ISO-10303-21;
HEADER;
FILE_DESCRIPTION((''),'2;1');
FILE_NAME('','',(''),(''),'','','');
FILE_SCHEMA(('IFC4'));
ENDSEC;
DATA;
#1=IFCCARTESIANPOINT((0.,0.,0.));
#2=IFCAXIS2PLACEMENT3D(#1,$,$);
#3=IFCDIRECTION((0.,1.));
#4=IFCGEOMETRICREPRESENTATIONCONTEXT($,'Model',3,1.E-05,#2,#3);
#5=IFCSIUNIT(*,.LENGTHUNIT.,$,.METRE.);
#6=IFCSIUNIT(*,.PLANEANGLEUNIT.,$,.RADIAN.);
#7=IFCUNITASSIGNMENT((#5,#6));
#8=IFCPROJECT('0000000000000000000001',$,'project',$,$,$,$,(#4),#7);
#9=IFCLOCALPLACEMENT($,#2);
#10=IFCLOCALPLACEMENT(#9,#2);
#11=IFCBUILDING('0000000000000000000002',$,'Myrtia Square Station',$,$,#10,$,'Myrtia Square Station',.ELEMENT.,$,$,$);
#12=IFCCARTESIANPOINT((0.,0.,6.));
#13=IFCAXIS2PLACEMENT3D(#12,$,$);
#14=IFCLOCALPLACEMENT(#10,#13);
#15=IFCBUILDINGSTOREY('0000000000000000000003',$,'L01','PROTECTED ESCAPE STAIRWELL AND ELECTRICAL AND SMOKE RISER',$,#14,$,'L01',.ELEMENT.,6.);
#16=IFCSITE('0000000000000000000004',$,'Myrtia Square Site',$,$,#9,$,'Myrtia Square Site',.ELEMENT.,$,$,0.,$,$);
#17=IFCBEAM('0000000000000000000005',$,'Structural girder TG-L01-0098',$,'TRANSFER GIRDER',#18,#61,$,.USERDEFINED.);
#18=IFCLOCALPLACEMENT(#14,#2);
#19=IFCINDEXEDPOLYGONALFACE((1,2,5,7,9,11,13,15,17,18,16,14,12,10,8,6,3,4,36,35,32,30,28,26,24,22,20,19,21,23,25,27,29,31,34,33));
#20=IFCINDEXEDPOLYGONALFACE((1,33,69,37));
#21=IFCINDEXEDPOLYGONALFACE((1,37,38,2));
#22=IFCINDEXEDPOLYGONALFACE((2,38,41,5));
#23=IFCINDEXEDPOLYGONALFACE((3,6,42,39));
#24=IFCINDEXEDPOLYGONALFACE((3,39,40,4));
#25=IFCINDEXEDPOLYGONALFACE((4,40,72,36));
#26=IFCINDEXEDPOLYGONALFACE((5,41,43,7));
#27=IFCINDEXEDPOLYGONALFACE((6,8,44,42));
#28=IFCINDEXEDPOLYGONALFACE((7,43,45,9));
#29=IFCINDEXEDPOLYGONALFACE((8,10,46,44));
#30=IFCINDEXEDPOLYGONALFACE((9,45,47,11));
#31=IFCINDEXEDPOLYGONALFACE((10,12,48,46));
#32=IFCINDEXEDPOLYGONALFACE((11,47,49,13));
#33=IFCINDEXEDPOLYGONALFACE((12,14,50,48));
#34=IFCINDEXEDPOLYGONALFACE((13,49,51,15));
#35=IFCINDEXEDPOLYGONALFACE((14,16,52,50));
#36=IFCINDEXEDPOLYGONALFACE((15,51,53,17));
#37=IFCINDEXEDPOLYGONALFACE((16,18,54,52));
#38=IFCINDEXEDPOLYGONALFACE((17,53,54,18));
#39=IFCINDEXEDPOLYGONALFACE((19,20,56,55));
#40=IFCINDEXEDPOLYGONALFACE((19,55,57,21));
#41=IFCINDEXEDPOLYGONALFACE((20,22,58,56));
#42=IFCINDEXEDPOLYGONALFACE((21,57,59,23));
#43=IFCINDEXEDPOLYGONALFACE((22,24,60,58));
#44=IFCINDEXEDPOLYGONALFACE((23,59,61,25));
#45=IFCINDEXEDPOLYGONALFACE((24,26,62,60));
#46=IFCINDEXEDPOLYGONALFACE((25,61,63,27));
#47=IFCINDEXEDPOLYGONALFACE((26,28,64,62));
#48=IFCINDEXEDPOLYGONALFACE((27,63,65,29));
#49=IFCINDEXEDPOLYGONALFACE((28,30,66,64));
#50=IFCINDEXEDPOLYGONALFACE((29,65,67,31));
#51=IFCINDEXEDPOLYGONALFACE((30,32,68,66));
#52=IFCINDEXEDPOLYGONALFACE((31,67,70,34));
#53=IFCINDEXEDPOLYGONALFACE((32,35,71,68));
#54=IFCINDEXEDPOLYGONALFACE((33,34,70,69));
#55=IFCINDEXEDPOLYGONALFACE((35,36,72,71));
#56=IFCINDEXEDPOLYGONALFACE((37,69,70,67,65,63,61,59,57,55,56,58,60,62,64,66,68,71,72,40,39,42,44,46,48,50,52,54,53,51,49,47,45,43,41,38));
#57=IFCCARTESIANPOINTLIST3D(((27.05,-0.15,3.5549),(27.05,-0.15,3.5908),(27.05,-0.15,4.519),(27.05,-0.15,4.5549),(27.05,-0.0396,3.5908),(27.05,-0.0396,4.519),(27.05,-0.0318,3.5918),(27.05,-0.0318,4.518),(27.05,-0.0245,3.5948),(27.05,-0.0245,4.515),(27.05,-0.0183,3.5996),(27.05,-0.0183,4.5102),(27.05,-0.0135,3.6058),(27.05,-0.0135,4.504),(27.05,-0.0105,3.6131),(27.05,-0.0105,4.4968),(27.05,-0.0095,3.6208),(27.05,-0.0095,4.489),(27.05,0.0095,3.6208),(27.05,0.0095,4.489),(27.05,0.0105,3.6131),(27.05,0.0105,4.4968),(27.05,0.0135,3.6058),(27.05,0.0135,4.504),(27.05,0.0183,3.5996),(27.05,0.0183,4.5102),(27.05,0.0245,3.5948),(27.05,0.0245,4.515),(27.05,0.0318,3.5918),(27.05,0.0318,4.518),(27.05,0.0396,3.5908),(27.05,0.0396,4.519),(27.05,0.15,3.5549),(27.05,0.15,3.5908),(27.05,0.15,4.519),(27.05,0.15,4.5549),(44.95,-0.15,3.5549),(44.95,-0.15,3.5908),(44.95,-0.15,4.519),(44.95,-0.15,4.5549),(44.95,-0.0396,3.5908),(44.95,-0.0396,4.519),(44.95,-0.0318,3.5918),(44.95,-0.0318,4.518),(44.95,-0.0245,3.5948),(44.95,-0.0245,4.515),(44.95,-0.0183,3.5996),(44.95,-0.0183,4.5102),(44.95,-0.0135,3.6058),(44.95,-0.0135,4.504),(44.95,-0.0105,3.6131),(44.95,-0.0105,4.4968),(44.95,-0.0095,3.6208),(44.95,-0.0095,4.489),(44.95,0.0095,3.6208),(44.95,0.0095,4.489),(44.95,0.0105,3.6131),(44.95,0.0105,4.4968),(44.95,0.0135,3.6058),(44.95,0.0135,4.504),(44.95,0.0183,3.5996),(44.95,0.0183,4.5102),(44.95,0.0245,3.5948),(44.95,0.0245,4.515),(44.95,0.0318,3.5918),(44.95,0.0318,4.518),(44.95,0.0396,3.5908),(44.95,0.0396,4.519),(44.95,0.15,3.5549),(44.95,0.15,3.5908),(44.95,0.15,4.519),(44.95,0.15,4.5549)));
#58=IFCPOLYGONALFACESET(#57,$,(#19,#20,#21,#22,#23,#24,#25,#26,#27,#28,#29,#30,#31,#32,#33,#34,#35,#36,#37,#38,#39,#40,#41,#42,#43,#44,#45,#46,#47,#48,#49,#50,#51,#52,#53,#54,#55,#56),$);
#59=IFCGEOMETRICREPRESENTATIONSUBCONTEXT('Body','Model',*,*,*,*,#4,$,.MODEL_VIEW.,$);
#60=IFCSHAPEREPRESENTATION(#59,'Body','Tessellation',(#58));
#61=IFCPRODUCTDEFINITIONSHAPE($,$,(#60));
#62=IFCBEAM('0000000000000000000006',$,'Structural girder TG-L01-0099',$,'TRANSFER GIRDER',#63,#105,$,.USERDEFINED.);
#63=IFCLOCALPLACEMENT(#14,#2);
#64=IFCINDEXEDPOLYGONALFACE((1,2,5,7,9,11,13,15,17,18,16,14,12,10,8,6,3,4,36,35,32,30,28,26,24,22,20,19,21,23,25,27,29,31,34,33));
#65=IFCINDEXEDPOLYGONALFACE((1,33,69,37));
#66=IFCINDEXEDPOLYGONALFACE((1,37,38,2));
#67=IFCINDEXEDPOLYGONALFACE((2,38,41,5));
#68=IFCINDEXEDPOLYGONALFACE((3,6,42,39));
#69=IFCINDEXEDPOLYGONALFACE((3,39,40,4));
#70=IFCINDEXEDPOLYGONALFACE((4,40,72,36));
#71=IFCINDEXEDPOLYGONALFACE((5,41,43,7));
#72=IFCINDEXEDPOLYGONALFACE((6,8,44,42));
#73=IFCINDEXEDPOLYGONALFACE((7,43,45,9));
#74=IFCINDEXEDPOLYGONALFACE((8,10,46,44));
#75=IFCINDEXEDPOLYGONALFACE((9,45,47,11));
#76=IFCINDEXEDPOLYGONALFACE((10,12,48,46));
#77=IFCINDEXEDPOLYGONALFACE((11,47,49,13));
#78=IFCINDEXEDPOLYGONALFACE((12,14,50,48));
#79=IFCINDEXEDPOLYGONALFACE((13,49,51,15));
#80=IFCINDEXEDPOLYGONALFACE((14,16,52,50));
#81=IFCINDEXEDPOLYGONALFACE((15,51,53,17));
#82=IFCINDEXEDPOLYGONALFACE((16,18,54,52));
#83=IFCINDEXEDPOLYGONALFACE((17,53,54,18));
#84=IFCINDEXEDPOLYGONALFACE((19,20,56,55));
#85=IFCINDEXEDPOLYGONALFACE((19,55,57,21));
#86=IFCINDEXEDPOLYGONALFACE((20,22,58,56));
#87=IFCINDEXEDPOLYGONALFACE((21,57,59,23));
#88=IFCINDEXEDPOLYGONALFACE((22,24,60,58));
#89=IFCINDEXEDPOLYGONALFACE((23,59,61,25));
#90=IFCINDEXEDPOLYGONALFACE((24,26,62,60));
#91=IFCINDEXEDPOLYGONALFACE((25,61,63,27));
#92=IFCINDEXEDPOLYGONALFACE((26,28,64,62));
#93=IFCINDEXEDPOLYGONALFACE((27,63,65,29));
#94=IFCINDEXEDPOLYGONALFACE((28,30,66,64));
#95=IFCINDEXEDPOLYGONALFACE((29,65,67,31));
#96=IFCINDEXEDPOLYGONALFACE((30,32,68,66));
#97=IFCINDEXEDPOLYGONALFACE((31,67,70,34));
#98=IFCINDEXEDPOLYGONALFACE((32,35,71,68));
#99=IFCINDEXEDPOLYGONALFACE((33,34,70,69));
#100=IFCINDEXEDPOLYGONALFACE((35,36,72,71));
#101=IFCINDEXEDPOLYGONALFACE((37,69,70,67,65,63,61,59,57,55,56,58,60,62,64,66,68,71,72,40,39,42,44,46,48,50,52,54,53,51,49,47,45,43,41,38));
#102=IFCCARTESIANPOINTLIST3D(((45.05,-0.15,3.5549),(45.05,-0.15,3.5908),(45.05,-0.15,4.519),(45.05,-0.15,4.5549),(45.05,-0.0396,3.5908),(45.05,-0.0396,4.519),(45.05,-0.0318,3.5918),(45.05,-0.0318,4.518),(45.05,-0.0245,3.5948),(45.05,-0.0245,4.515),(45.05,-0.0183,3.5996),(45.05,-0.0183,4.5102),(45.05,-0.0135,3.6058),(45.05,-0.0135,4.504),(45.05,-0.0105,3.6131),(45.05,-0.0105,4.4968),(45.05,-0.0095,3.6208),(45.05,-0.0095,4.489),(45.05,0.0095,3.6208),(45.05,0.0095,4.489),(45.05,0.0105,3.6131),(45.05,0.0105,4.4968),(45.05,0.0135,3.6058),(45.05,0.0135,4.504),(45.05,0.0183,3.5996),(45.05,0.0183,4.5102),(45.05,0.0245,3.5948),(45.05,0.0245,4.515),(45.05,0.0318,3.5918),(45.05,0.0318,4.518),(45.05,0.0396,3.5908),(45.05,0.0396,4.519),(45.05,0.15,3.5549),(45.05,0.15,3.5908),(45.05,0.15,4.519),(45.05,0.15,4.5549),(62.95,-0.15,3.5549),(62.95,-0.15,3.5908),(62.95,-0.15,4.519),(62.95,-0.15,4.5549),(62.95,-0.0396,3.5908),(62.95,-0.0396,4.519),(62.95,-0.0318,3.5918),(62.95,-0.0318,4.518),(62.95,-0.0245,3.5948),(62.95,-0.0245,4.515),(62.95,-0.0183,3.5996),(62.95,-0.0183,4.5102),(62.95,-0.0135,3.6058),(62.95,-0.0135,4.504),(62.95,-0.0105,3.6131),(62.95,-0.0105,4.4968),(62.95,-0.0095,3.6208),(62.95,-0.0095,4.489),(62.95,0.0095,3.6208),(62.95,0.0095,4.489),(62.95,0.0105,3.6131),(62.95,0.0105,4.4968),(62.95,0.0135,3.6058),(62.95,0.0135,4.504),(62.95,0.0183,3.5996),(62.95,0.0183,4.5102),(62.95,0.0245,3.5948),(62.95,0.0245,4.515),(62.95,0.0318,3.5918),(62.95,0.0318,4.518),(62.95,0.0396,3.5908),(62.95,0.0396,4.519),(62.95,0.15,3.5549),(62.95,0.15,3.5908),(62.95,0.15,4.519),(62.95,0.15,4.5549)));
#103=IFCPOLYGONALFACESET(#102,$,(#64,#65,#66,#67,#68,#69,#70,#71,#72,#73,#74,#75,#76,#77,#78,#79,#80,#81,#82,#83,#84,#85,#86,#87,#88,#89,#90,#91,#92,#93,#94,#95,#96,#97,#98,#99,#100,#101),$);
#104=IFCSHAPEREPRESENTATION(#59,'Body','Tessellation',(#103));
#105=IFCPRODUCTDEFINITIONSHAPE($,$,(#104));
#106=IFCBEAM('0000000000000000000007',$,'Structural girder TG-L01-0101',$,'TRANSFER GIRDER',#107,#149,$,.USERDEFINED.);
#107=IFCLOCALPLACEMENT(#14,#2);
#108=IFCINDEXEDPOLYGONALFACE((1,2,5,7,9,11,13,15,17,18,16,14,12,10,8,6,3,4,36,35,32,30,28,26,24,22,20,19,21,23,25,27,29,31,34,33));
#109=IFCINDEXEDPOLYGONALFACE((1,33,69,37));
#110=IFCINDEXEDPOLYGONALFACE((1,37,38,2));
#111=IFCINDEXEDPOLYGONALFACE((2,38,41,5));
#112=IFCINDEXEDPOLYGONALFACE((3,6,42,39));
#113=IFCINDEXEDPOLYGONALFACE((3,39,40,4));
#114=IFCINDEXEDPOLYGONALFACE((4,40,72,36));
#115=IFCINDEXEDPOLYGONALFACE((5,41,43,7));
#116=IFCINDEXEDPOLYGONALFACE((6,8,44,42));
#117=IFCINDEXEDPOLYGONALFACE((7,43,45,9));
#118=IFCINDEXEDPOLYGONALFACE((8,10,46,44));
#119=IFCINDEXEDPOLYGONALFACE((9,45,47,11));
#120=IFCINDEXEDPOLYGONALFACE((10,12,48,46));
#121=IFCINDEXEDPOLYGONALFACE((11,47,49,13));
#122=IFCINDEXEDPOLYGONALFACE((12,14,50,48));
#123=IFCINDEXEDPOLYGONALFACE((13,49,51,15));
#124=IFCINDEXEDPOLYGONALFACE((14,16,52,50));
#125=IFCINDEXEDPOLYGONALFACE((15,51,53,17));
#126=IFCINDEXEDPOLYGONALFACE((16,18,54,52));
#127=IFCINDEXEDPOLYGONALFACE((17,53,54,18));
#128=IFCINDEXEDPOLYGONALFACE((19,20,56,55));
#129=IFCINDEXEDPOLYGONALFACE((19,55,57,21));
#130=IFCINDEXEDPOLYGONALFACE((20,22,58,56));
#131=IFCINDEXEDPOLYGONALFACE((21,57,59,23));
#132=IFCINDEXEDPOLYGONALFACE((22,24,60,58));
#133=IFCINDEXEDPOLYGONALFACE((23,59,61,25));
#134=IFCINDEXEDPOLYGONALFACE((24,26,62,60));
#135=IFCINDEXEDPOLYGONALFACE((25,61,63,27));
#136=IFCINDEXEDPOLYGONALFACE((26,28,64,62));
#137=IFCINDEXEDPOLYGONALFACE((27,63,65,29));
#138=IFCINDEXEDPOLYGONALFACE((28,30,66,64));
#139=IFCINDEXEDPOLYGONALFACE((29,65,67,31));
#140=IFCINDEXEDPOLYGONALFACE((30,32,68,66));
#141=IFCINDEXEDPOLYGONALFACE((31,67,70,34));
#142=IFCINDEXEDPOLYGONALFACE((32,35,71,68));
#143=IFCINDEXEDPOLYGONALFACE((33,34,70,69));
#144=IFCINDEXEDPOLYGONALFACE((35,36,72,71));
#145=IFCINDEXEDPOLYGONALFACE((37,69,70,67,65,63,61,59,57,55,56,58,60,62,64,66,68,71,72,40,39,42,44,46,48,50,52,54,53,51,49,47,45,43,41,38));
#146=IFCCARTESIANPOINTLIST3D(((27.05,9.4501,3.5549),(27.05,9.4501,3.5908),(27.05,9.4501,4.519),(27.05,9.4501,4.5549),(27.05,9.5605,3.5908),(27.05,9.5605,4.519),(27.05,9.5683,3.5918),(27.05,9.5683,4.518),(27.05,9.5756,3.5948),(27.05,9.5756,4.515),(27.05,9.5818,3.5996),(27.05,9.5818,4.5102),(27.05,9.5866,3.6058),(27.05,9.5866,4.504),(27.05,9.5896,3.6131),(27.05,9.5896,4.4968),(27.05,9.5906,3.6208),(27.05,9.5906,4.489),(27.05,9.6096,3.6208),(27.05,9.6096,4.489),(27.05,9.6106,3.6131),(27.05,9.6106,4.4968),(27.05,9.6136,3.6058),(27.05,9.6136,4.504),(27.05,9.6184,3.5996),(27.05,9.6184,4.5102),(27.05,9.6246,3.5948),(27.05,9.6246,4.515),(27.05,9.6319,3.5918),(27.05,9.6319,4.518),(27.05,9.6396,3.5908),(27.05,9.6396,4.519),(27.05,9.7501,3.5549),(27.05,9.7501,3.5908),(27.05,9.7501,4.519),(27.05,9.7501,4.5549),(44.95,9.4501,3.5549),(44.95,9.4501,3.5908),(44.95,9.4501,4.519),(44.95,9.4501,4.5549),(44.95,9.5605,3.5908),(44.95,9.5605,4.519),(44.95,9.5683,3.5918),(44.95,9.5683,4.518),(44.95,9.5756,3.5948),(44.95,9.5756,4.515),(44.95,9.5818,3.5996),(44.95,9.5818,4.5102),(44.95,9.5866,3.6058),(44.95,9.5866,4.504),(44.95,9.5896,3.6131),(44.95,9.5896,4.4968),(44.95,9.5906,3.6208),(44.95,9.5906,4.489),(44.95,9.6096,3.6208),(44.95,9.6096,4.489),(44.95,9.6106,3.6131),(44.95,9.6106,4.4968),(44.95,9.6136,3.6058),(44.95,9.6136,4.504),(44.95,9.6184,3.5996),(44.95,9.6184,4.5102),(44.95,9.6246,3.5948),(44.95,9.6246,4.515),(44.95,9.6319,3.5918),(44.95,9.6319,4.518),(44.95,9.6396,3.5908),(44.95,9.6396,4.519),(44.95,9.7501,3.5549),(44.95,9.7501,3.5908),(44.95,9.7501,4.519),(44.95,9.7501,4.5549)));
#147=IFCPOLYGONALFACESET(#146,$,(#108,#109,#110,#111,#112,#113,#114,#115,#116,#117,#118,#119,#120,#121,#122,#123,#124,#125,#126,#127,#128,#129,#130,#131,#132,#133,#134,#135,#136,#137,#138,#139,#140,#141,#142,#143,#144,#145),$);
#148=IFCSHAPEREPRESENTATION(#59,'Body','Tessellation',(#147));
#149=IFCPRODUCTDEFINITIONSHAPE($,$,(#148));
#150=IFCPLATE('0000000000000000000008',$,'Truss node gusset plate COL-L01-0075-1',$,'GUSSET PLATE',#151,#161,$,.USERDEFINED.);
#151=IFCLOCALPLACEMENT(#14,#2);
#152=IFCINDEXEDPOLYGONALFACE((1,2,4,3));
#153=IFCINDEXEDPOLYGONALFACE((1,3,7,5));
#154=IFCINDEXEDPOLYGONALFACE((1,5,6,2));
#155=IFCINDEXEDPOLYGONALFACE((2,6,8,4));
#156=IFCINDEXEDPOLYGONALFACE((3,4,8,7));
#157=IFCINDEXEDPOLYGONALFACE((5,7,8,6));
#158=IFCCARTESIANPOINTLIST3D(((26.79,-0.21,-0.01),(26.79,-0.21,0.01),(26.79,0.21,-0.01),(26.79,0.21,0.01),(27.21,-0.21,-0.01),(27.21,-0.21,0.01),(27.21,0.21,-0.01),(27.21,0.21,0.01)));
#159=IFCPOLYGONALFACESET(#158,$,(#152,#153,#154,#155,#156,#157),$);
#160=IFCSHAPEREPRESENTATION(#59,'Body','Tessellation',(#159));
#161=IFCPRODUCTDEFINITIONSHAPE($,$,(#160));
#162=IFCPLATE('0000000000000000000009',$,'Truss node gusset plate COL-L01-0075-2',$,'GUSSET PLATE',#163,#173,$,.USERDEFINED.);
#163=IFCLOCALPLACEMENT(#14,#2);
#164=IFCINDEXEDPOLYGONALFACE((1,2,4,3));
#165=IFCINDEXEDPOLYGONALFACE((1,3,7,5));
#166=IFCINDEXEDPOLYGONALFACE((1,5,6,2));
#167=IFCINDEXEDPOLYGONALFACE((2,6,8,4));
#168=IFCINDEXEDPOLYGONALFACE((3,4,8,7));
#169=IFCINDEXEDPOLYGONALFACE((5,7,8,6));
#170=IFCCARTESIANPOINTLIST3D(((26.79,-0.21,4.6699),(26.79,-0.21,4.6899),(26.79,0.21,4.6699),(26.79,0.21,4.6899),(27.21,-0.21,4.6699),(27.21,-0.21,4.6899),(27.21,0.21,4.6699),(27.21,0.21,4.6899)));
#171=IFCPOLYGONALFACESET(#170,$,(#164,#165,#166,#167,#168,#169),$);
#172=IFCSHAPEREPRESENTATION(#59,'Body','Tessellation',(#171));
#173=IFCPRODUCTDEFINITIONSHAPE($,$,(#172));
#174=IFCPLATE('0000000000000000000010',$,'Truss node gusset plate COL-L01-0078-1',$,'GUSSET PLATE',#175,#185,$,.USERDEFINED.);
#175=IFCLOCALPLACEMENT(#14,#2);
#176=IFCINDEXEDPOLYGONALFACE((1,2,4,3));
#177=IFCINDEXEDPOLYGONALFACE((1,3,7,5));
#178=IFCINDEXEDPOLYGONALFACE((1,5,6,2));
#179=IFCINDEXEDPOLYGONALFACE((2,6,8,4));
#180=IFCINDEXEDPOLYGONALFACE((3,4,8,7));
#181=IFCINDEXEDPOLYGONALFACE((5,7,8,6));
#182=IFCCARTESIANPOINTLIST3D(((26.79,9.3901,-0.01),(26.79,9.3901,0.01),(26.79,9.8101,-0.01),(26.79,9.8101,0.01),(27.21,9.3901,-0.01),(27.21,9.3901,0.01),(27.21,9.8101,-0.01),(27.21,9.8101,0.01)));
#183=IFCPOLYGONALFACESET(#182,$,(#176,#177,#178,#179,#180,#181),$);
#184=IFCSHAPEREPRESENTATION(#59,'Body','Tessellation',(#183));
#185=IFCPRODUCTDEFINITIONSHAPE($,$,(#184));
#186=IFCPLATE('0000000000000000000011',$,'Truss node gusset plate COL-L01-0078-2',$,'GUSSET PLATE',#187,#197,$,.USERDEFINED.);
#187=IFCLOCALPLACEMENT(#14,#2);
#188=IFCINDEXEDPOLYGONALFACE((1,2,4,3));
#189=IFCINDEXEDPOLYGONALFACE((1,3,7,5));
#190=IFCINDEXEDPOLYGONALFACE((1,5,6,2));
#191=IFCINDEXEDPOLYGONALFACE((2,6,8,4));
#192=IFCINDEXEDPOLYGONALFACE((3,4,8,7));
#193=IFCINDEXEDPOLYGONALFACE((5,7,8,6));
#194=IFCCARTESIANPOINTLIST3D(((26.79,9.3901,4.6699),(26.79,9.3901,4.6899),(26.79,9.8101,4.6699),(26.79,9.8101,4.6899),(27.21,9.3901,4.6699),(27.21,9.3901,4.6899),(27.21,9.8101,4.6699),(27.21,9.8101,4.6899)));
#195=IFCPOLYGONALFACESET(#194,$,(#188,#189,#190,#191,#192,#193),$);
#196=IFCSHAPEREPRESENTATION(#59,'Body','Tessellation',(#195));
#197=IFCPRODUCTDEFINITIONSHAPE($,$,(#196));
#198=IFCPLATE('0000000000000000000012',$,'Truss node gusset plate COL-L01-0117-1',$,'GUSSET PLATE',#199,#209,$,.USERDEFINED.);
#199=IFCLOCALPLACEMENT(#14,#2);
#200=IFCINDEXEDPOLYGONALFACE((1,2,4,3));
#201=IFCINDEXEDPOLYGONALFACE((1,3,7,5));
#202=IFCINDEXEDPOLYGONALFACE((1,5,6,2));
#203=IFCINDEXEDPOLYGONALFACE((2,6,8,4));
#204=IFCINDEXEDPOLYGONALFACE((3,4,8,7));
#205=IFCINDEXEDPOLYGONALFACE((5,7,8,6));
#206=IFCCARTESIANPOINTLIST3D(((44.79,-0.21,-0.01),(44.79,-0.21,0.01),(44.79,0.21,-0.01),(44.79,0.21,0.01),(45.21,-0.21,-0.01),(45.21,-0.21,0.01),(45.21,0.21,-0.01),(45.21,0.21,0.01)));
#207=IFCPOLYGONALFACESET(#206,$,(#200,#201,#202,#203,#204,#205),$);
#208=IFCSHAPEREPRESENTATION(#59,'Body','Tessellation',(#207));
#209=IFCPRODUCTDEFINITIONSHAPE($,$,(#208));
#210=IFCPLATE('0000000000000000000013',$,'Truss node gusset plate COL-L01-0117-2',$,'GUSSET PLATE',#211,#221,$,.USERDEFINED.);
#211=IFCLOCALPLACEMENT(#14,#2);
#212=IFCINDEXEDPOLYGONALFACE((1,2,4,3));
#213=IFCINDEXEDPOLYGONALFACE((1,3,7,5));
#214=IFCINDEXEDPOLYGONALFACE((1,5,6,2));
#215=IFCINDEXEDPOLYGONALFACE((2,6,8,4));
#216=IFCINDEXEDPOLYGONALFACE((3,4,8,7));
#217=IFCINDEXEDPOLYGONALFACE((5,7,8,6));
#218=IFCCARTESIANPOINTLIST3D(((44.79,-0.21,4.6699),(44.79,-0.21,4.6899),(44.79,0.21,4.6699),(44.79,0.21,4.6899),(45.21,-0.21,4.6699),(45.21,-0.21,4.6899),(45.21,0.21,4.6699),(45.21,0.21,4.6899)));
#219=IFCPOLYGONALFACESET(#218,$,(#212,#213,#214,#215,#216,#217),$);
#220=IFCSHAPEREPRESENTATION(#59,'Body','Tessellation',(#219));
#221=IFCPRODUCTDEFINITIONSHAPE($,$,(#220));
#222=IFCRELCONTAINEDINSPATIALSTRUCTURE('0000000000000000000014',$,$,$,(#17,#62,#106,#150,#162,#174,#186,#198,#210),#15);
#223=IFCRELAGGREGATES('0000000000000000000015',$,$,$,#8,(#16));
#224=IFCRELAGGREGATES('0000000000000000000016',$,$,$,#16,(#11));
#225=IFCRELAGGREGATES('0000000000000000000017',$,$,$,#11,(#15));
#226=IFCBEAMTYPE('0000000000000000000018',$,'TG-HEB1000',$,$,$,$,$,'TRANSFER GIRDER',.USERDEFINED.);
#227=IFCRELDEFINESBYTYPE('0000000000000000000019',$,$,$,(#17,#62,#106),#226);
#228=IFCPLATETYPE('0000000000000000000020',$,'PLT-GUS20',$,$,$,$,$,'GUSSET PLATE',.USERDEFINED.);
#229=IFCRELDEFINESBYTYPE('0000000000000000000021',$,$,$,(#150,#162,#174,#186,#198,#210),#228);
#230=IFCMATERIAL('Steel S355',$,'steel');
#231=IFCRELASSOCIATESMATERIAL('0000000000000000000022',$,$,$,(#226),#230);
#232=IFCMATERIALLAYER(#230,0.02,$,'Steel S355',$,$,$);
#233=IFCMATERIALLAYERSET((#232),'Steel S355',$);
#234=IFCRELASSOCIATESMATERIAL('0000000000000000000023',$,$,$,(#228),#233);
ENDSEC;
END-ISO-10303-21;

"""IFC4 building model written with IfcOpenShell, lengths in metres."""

from ifc_helpers import new_model, si_unit, direction, frame, origin, origin_2d, place, context, subcontext, project, spatial, rectangle, i_section, extrude, material, layer, layer_set, material_profile, profile_set, type_object, element, save


model = new_model("IFC4")

# Units and contexts
model_context = context("Model", 3, precision=1e-05, world=origin(), true_north=direction((0.0, 1.0)))
body_context = subcontext(model_context, "Body", "Model", "MODEL_VIEW")
ifc_project = project(units=[si_unit("LENGTHUNIT", "METRE"), si_unit("PLANEANGLEUNIT", "RADIAN")], contexts=[model_context])

# Site, building, storey
site_placement = place(None, origin())
site = spatial("IfcSite", under=ifc_project, at=site_placement, Name="Myrtia Square Site", LongName="Myrtia Square Site", CompositionType="ELEMENT", RefElevation=0.0)
building_placement = place(site_placement, origin())
building = spatial("IfcBuilding", under=site, at=building_placement, Name="Myrtia Square Station", LongName="Myrtia Square Station", CompositionType="ELEMENT")
storey_placement = place(building_placement, frame((0.0, 0.0, 6.0)))
storey = spatial("IfcBuildingStorey", under=building, at=storey_placement, Name="L01", Description="PROTECTED ESCAPE STAIRWELL AND ELECTRICAL AND SMOKE RISER", LongName="L01", CompositionType="ELEMENT", Elevation=6.0)

# Shared definitions
ifc_material_1 = material(Name="Steel S355", Category="steel")

# Beams
ifc_material_profile_1 = material_profile(ifc_material_1, i_section(OverallWidth=0.3, OverallDepth=1.0, WebThickness=0.019, FlangeThickness=0.0359, FilletRadius=0.03, at=origin_2d()), Name="HEB 1000")
ifc_profile_set_1 = profile_set([ifc_material_profile_1], Name="Steel S355")
beam_type_1 = type_object("IfcBeamType", Name="TG-HEB1000", ElementType="TRANSFER GIRDER", PredefinedType="USERDEFINED", material=ifc_profile_set_1)
for number, where, z_axis, x_axis, name in (
    (1, (27.05, 0.0, 4.0549), (1.0, 0.0, 0.0), (0.0, 1.0, 0.0), "Structural girder TG-L01-0098"),
    (2, (45.05, 0.0, 4.0549), (1.0, 0.0, 0.0), (0.0, 1.0, 0.0), "Structural girder TG-L01-0099"),
    (3, (27.05, 9.6001, 4.0549), (1.0, 0.0, 0.0), (0.0, 1.0, 0.0), "Structural girder TG-L01-0101"),
):
    element("IfcBeam", number, at=place(storey_placement, frame(where, z_axis=z_axis, x_axis=x_axis)), inside=storey, type_object=beam_type_1, Name=name, ObjectType="TRANSFER GIRDER", PredefinedType="USERDEFINED", context=body_context, shape_type="SweptSolid", body=[
        extrude(i_section(OverallWidth=0.3, OverallDepth=1.0, WebThickness=0.019, FlangeThickness=0.0359, FilletRadius=0.03, at=origin_2d()), origin(), (0.0, 0.0, 1.0), 17.8999),
    ])

# Plates
ifc_layer_1 = layer(ifc_material_1, 0.02, Name="Steel S355")
ifc_layer_set_1 = layer_set([ifc_layer_1], Name="Steel S355")
plate_type = type_object("IfcPlateType", Name="PLT-GUS20", ElementType="GUSSET PLATE", PredefinedType="USERDEFINED", material=ifc_layer_set_1)
for number, where, z_axis, x_axis, name in (
    (4, (27.0, 0.0, -0.01), (0.0, 0.0, 1.0), (1.0, 0.0, 0.0), "Truss node gusset plate COL-L01-0075-1"),
    (5, (27.0, 0.0, 4.6699), (0.0, 0.0, 1.0), (1.0, 0.0, 0.0), "Truss node gusset plate COL-L01-0075-2"),
    (6, (27.0, 9.6001, -0.01), (0.0, 0.0, 1.0), (1.0, 0.0, 0.0), "Truss node gusset plate COL-L01-0078-1"),
    (7, (27.0, 9.6001, 4.6699), (0.0, 0.0, 1.0), (1.0, 0.0, 0.0), "Truss node gusset plate COL-L01-0078-2"),
    (8, (45.0, 0.0, -0.01), (0.0, 0.0, 1.0), (1.0, 0.0, 0.0), "Truss node gusset plate COL-L01-0117-1"),
    (9, (45.0, 0.0, 4.6699), (0.0, 0.0, 1.0), (1.0, 0.0, 0.0), "Truss node gusset plate COL-L01-0117-2"),
):
    element("IfcPlate", number, at=place(storey_placement, frame(where, z_axis=z_axis, x_axis=x_axis)), inside=storey, type_object=plate_type, Name=name, ObjectType="GUSSET PLATE", PredefinedType="USERDEFINED", context=body_context, shape_type="SweptSolid", body=[
        extrude(rectangle(XDim=0.4199, YDim=0.4199, at=origin_2d()), origin(), (0.0, 0.0, 1.0), 0.02),
    ])

save(model, "model.ifc")
